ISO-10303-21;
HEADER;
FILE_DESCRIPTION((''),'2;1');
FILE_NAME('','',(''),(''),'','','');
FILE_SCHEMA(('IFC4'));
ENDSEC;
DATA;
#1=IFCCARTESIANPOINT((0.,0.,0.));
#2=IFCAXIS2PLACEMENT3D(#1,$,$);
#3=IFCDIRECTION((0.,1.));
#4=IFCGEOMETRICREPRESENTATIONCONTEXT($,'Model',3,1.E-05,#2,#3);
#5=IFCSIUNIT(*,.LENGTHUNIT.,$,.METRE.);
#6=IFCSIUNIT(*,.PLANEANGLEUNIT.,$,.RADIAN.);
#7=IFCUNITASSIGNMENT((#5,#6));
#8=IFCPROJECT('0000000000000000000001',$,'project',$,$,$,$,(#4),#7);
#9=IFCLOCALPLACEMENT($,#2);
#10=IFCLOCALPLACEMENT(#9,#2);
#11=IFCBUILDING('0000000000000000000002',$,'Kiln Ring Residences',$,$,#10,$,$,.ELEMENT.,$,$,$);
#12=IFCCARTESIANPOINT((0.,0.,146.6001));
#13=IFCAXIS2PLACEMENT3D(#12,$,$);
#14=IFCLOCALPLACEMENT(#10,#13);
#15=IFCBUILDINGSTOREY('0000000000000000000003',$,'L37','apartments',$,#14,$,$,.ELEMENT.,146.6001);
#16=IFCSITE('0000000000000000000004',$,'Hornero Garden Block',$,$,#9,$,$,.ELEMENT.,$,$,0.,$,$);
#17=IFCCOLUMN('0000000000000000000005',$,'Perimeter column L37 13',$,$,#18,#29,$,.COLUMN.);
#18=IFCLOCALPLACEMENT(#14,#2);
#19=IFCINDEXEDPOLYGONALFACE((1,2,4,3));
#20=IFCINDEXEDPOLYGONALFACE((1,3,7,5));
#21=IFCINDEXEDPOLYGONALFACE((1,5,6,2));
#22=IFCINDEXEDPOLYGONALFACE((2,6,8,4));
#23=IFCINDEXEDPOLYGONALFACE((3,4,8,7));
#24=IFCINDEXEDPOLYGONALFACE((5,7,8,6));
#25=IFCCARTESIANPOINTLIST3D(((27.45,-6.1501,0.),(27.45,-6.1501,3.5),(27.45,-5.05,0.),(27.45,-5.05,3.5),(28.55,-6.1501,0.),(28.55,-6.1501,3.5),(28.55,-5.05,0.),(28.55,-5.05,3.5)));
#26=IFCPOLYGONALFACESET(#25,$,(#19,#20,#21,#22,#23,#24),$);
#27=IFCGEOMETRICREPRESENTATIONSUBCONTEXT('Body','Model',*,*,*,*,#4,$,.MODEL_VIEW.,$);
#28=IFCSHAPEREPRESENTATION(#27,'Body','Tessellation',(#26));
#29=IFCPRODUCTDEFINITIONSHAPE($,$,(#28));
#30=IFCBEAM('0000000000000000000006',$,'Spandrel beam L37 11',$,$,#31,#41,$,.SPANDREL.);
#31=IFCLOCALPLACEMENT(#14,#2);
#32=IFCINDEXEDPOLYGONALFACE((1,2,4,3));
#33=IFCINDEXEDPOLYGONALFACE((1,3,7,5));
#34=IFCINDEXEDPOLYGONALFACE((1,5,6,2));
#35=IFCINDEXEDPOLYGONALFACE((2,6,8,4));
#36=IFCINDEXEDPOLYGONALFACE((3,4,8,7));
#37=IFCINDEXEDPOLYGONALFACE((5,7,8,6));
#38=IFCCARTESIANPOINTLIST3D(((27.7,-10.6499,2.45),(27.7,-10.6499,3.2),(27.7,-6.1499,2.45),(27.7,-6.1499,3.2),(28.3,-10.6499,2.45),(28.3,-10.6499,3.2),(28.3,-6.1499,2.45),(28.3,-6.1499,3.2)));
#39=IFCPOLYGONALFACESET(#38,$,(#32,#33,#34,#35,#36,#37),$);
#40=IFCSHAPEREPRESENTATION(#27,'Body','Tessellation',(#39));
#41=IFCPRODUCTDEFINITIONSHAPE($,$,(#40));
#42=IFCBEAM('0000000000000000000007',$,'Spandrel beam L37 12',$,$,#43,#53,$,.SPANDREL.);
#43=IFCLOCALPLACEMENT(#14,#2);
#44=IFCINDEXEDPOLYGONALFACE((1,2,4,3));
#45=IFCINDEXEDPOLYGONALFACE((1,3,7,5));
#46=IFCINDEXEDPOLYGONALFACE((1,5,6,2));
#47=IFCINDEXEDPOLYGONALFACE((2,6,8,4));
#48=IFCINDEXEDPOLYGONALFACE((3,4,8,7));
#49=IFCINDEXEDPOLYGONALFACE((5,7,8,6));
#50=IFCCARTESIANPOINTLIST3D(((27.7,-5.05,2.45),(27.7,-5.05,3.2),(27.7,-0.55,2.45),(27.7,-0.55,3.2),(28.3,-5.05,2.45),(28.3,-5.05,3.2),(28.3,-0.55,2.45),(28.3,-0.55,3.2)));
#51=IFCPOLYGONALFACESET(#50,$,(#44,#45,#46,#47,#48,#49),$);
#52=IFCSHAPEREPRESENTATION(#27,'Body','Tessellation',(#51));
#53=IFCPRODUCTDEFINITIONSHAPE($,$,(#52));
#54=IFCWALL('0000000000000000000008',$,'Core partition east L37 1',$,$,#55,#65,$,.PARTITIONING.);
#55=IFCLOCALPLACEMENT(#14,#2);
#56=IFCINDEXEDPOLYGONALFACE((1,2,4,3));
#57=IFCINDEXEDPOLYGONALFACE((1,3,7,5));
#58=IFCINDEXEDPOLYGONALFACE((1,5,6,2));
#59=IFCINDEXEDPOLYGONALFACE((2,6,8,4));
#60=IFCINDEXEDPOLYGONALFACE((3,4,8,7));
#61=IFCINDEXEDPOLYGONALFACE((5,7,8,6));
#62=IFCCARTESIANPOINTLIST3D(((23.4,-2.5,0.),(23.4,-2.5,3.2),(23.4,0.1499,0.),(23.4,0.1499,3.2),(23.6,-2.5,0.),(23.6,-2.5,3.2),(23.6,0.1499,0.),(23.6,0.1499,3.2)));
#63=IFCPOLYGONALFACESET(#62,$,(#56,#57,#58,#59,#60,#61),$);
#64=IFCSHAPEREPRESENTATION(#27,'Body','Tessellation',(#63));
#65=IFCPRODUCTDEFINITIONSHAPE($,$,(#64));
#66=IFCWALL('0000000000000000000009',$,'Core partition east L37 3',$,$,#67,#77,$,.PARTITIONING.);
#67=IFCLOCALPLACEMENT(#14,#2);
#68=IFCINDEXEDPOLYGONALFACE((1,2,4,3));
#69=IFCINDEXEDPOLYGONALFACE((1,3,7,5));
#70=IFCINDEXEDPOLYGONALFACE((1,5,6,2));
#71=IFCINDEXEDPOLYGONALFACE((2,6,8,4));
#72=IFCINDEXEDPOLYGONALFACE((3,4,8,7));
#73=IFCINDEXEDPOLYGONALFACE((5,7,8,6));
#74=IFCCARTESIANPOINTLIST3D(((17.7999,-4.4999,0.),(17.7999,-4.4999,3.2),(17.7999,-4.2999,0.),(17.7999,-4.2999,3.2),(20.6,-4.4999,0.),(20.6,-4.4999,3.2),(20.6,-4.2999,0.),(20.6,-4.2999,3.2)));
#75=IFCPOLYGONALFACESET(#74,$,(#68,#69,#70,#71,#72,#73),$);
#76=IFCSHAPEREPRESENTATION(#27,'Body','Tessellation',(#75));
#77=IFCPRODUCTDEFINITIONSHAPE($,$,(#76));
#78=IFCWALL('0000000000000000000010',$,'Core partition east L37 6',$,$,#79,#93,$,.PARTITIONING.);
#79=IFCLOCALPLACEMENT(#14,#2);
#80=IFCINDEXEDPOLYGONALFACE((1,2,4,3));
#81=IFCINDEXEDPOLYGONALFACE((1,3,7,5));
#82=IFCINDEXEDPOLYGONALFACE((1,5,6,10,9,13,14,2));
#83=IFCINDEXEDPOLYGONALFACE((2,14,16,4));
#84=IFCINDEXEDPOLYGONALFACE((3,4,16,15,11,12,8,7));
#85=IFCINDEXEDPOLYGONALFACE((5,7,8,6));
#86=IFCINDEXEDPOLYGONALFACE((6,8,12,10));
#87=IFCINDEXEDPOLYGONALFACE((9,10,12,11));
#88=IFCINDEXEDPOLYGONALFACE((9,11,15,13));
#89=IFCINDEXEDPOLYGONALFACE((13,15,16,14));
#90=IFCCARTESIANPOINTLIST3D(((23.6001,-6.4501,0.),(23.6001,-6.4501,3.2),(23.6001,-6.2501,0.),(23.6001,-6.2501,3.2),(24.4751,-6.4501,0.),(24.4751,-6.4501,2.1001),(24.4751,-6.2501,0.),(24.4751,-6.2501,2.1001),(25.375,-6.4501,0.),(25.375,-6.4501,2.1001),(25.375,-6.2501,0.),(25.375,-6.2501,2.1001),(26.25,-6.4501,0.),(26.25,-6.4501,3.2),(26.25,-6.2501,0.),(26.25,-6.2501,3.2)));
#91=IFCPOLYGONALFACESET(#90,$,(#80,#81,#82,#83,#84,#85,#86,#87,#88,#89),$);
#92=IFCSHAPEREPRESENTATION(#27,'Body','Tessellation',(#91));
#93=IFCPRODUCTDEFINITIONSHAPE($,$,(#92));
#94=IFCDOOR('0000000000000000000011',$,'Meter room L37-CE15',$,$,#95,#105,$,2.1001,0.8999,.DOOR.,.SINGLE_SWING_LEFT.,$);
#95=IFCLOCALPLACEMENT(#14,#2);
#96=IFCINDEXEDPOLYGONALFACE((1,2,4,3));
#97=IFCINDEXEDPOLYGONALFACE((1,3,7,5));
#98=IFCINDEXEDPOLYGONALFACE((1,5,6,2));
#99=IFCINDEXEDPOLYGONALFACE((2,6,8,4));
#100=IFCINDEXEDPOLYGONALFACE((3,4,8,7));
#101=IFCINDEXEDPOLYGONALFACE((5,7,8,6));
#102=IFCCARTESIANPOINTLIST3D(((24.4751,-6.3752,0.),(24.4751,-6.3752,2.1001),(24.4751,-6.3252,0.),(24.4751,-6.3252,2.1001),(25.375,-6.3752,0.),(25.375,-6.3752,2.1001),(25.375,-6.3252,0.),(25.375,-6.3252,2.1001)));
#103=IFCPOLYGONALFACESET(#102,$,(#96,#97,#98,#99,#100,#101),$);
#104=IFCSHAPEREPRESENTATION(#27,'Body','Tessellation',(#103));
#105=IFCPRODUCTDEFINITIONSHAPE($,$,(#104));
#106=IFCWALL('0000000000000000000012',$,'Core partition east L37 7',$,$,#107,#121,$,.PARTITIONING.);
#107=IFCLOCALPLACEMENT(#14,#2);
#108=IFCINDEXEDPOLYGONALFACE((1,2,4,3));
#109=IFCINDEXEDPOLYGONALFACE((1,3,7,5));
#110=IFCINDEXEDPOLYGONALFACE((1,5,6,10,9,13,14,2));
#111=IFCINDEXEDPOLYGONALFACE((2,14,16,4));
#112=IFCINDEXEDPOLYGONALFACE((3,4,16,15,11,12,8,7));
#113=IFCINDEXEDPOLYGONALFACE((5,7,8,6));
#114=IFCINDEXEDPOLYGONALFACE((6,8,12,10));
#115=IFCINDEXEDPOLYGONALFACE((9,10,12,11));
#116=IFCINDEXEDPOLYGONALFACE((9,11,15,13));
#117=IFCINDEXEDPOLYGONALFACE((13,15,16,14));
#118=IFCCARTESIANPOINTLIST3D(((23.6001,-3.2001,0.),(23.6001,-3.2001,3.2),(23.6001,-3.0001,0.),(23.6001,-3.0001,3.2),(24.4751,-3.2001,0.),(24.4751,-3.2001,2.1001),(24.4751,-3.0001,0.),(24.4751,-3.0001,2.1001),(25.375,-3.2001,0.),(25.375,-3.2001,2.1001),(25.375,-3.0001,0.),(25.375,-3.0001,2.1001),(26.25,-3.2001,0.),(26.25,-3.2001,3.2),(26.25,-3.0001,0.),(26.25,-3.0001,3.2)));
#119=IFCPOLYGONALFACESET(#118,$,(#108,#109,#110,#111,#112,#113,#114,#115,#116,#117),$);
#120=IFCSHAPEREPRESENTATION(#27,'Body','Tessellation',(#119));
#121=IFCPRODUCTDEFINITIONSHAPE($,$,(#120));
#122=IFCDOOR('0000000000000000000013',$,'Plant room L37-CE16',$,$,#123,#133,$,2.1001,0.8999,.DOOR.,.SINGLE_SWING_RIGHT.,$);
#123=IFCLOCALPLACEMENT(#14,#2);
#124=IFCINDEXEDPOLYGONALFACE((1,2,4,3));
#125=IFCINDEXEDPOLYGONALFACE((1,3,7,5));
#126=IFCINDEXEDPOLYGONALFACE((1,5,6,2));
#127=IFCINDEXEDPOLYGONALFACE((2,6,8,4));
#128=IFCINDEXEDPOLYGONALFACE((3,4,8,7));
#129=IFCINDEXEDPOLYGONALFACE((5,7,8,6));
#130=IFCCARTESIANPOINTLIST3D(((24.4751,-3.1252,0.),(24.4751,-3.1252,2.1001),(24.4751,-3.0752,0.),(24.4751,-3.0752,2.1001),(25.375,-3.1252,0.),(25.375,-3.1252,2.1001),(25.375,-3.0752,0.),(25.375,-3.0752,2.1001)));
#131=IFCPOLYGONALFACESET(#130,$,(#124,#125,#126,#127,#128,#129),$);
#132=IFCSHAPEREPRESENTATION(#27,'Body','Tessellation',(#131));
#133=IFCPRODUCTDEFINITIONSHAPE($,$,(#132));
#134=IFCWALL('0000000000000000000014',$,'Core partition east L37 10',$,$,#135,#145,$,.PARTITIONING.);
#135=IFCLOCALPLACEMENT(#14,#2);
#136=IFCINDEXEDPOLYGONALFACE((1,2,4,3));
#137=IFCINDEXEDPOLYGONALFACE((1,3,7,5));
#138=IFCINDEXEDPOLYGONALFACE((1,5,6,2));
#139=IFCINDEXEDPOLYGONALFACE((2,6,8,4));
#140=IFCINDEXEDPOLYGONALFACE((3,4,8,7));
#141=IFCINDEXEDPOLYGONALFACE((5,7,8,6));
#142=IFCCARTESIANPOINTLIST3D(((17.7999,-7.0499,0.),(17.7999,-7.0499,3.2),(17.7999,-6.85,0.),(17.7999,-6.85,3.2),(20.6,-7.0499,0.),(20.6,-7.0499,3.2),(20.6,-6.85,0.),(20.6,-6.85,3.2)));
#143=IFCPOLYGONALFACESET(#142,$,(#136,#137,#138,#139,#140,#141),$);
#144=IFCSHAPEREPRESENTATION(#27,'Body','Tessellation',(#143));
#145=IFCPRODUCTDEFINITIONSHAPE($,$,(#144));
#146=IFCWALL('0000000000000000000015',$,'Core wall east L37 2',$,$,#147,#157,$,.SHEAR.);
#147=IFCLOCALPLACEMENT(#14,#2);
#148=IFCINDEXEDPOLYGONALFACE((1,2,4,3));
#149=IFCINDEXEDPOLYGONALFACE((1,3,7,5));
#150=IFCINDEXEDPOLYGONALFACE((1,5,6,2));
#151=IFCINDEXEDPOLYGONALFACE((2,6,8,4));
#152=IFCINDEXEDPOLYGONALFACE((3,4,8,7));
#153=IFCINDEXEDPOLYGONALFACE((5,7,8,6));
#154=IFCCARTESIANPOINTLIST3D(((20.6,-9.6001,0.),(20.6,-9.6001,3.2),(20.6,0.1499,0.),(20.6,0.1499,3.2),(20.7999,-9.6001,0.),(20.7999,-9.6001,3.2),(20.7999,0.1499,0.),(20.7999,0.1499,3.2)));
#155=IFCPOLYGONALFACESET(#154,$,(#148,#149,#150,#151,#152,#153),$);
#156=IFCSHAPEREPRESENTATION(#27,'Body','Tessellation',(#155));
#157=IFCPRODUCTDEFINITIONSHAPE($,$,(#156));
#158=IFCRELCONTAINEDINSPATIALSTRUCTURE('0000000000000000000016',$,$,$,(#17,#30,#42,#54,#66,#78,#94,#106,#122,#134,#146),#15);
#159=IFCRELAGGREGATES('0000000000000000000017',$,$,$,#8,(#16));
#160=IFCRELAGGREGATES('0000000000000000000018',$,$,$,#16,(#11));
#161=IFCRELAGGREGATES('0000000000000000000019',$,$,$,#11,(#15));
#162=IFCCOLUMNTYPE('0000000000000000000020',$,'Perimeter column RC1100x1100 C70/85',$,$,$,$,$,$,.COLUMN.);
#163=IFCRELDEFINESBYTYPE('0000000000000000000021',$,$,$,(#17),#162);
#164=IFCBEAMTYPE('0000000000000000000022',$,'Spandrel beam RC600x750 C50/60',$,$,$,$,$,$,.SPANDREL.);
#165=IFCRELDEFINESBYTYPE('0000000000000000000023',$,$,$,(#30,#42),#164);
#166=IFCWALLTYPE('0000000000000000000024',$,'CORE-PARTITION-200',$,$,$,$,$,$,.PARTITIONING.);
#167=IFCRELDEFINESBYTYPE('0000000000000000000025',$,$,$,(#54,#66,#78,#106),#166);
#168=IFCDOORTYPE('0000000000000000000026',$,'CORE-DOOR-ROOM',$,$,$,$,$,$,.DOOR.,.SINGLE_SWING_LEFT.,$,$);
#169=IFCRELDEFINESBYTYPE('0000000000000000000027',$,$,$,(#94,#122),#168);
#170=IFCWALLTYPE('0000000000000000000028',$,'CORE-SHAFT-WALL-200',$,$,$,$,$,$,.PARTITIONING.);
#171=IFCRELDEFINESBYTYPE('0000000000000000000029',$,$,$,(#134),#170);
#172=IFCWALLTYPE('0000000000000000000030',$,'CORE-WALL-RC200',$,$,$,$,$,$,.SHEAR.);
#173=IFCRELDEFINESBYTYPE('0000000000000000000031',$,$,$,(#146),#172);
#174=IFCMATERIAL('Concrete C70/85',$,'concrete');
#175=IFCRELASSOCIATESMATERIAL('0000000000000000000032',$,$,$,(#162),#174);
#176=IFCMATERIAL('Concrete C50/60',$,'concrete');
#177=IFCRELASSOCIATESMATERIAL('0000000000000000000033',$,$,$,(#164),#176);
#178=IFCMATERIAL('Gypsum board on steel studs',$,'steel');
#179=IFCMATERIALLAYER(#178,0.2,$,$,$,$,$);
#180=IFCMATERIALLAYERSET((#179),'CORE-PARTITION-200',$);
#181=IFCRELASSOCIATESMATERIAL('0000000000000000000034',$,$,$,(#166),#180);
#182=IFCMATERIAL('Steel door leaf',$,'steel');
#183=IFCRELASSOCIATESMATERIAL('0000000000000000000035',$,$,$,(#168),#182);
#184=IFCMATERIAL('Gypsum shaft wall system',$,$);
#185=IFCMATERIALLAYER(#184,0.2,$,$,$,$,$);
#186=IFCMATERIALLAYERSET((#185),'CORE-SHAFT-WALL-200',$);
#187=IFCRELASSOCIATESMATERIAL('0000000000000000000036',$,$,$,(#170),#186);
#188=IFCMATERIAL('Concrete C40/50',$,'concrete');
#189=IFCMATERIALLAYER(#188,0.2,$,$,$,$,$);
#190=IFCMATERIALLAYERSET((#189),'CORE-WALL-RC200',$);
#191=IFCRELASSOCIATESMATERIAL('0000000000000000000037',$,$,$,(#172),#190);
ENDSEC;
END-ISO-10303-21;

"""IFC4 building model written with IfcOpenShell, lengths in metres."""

from ifc_helpers import new_model, si_unit, direction, frame, frame_2d, origin, origin_2d, place, context, subcontext, project, spatial, rectangle, extrude, material, layer, layer_set, material_profile, profile_set, type_object, element, fill, save


model = new_model("IFC4")

# Units and contexts
model_context = context("Model", 3, precision=1e-05, world=origin(), true_north=direction((0.0, 1.0)))
body_context = subcontext(model_context, "Body", "Model", "MODEL_VIEW")
ifc_project = project(units=[si_unit("LENGTHUNIT", "METRE"), si_unit("PLANEANGLEUNIT", "RADIAN")], contexts=[model_context])

# Site, building, storey
site_placement = place(None, origin())
site = spatial("IfcSite", under=ifc_project, at=site_placement, Name="Hornero Garden Block", CompositionType="ELEMENT", RefElevation=0.0)
building_placement = place(site_placement, origin())
building = spatial("IfcBuilding", under=site, at=building_placement, Name="Kiln Ring Residences", CompositionType="ELEMENT")
storey_placement = place(building_placement, frame((0.0, 0.0, 146.6001)))
storey = spatial("IfcBuildingStorey", under=building, at=storey_placement, Name="L37", Description="apartments", CompositionType="ELEMENT", Elevation=146.6001)

# Column
ifc_material_1 = material(Name="Concrete C70/85", Category="concrete")
ifc_material_profile_1 = material_profile(ifc_material_1, rectangle(XDim=1.1001, YDim=1.1001, at=origin_2d()), Name="RC1100x1100")
ifc_profile_set_1 = profile_set([ifc_material_profile_1], Name="Concrete C70/85")
column_type = type_object("IfcColumnType", Name="Perimeter column RC1100x1100 C70/85", PredefinedType="COLUMN", material=ifc_profile_set_1)
column_placement = place(storey_placement, frame((28.0, -5.6001, 0.0), z_axis=(0.0, 0.0, 1.0), x_axis=(1.0, 0.0, 0.0)))
element("IfcColumn", 1, at=column_placement, inside=storey, type_object=column_type, Name="Perimeter column L37 13", PredefinedType="COLUMN", context=body_context, shape_type="SweptSolid", body=[
    extrude(rectangle(XDim=1.1001, YDim=1.1001, at=origin_2d()), origin(), (0.0, 0.0, 1.0), 3.5),
])

# Beams
ifc_material_2 = material(Name="Concrete C50/60", Category="concrete")
ifc_material_profile_2 = material_profile(ifc_material_2, rectangle(XDim=0.6001, YDim=0.75, at=origin_2d()), Name="RC600x750")
ifc_profile_set_2 = profile_set([ifc_material_profile_2], Name="Concrete C50/60")
beam_type = type_object("IfcBeamType", Name="Spandrel beam RC600x750 C50/60", PredefinedType="SPANDREL", material=ifc_profile_set_2)
for number, where, z_axis, x_axis, name in (
    (2, (28.0, -10.6499, 2.825), (0.0, 1.0, 0.0), (-1.0, 0.0, 0.0), "Spandrel beam L37 11"),
    (3, (28.0, -5.05, 2.825), (0.0, 1.0, 0.0), (-1.0, 0.0, 0.0), "Spandrel beam L37 12"),
):
    element("IfcBeam", number, at=place(storey_placement, frame(where, z_axis=z_axis, x_axis=x_axis)), inside=storey, type_object=beam_type, Name=name, PredefinedType="SPANDREL", context=body_context, shape_type="SweptSolid", body=[
        extrude(rectangle(XDim=0.6001, YDim=0.75, at=origin_2d()), origin(), (0.0, 0.0, 1.0), 4.5),
    ])

# Walls
ifc_material_3 = material(Name="Gypsum board on steel studs", Category="steel")
ifc_layer_1 = layer(ifc_material_3, 0.2)
ifc_layer_set_1 = layer_set([ifc_layer_1], Name="CORE-PARTITION-200")
wall_type_1 = type_object("IfcWallType", Name="CORE-PARTITION-200", PredefinedType="PARTITIONING", material=ifc_layer_set_1)
wall_1_placement = place(storey_placement, frame((23.5, -2.5, 0.0), z_axis=(0.0, 0.0, 1.0), x_axis=(0.0, 1.0, 0.0)))
element("IfcWall", 4, at=wall_1_placement, inside=storey, type_object=wall_type_1, Name="Core partition east L37 1", PredefinedType="PARTITIONING", context=body_context, shape_type="SweptSolid", body=[
    extrude(rectangle(XDim=2.6499, YDim=0.2, at=frame_2d((1.325, 0.0))), origin(), (0.0, 0.0, 1.0), 3.2),
])
wall_2_placement = place(storey_placement, frame((17.8, -4.3999, 0.0), z_axis=(0.0, 0.0, 1.0), x_axis=(1.0, 0.0, 0.0)))
element("IfcWall", 5, at=wall_2_placement, inside=storey, type_object=wall_type_1, Name="Core partition east L37 3", PredefinedType="PARTITIONING", context=body_context, shape_type="SweptSolid", body=[
    extrude(rectangle(XDim=2.8, YDim=0.2, at=frame_2d((1.3999, 0.0))), origin(), (0.0, 0.0, 1.0), 3.2),
])

# Walls, openings, doors
wall_3_placement = place(storey_placement, frame((23.6001, -6.3501, 0.0), z_axis=(0.0, 0.0, 1.0), x_axis=(1.0, 0.0, 0.0)))
wall_3 = element("IfcWall", 6, at=wall_3_placement, inside=storey, type_object=wall_type_1, Name="Core partition east L37 6", PredefinedType="PARTITIONING", context=body_context, shape_type="SweptSolid", body=[
    extrude(rectangle(XDim=2.6499, YDim=0.2, at=frame_2d((1.325, 0.0))), origin(), (0.0, 0.0, 1.0), 3.2),
])
opening_1_placement = place(wall_3_placement, frame((0.875, 0.0, 0.0)))
opening_1 = element("IfcOpeningElement", 7, at=opening_1_placement, cuts=wall_3, PredefinedType="OPENING", context=body_context, shape_type="SweptSolid", body=[
    extrude(rectangle(XDim=0.8999, YDim=2.1001, at=frame_2d((0.45, 1.05))), frame((0.0, 0.1099, 0.0), z_axis=(0.0, -1.0, 0.0), x_axis=(1.0, 0.0, 0.0)), (0.0, 0.0, 1.0), 0.22),
])
ifc_material_4 = material(Name="Steel door leaf", Category="steel")
door_type_1 = type_object("IfcDoorType", Name="CORE-DOOR-ROOM", OperationType="SINGLE_SWING_LEFT", PredefinedType="DOOR", material=ifc_material_4)
door_1_placement = place(opening_1_placement, origin())
door_1 = element("IfcDoor", 8, at=door_1_placement, inside=storey, type_object=door_type_1, Name="Meter room L37-CE15", OperationType="SINGLE_SWING_LEFT", OverallHeight=2.1001, OverallWidth=0.8999, PredefinedType="DOOR", context=body_context, shape_type="SweptSolid", body=[
    extrude(rectangle(XDim=0.8999, YDim=2.1001, at=frame_2d((0.45, 1.05))), frame((0.0, 0.0249, 0.0), z_axis=(0.0, -1.0, 0.0), x_axis=(1.0, 0.0, 0.0)), (0.0, 0.0, 1.0), 0.05),
])
fill(opening_1, door_1)
wall_4_placement = place(storey_placement, frame((23.6001, -3.1001, 0.0), z_axis=(0.0, 0.0, 1.0), x_axis=(1.0, 0.0, 0.0)))
wall_4 = element("IfcWall", 9, at=wall_4_placement, inside=storey, type_object=wall_type_1, Name="Core partition east L37 7", PredefinedType="PARTITIONING", context=body_context, shape_type="SweptSolid", body=[
    extrude(rectangle(XDim=2.6499, YDim=0.2, at=frame_2d((1.325, 0.0))), origin(), (0.0, 0.0, 1.0), 3.2),
])
opening_2_placement = place(wall_4_placement, frame((0.875, 0.0, 0.0)))
opening_2 = element("IfcOpeningElement", 10, at=opening_2_placement, cuts=wall_4, PredefinedType="OPENING", context=body_context, shape_type="SweptSolid", body=[
    extrude(rectangle(XDim=0.8999, YDim=2.1001, at=frame_2d((0.45, 1.05))), frame((0.0, 0.1099, 0.0), z_axis=(0.0, -1.0, 0.0), x_axis=(1.0, 0.0, 0.0)), (0.0, 0.0, 1.0), 0.22),
])
door_2_placement = place(opening_2_placement, origin())
door_2 = element("IfcDoor", 11, at=door_2_placement, inside=storey, type_object=door_type_1, Name="Plant room L37-CE16", OperationType="SINGLE_SWING_RIGHT", OverallHeight=2.1001, OverallWidth=0.8999, PredefinedType="DOOR", context=body_context, shape_type="SweptSolid", body=[
    extrude(rectangle(XDim=0.8999, YDim=2.1001, at=frame_2d((0.45, 1.05))), frame((0.0, 0.0249, 0.0), z_axis=(0.0, -1.0, 0.0), x_axis=(1.0, 0.0, 0.0)), (0.0, 0.0, 1.0), 0.05),
])
fill(opening_2, door_2)

# Walls
ifc_material_5 = material(Name="Gypsum shaft wall system")
ifc_layer_2 = layer(ifc_material_5, 0.2)
ifc_layer_set_2 = layer_set([ifc_layer_2], Name="CORE-SHAFT-WALL-200")
wall_type_2 = type_object("IfcWallType", Name="CORE-SHAFT-WALL-200", PredefinedType="PARTITIONING", material=ifc_layer_set_2)
wall_5_placement = place(storey_placement, frame((17.8, -6.95, 0.0), z_axis=(0.0, 0.0, 1.0), x_axis=(1.0, 0.0, 0.0)))
element("IfcWall", 12, at=wall_5_placement, inside=storey, type_object=wall_type_2, Name="Core partition east L37 10", PredefinedType="PARTITIONING", context=body_context, shape_type="SweptSolid", body=[
    extrude(rectangle(XDim=2.8, YDim=0.2, at=frame_2d((1.3999, 0.0))), origin(), (0.0, 0.0, 1.0), 3.2),
])
ifc_material_6 = material(Name="Concrete C40/50", Category="concrete")
ifc_layer_3 = layer(ifc_material_6, 0.2)
ifc_layer_set_3 = layer_set([ifc_layer_3], Name="CORE-WALL-RC200")
wall_type_3 = type_object("IfcWallType", Name="CORE-WALL-RC200", PredefinedType="SHEAR", material=ifc_layer_set_3)
wall_6_placement = place(storey_placement, frame((20.7, -9.6001, 0.0), z_axis=(0.0, 0.0, 1.0), x_axis=(0.0, 1.0, 0.0)))
element("IfcWall", 13, at=wall_6_placement, inside=storey, type_object=wall_type_3, Name="Core wall east L37 2", PredefinedType="SHEAR", context=body_context, shape_type="SweptSolid", body=[
    extrude(rectangle(XDim=9.75, YDim=0.2, at=frame_2d((4.875, 0.0))), origin(), (0.0, 0.0, 1.0), 3.2),
])

save(model, "model.ifc")
